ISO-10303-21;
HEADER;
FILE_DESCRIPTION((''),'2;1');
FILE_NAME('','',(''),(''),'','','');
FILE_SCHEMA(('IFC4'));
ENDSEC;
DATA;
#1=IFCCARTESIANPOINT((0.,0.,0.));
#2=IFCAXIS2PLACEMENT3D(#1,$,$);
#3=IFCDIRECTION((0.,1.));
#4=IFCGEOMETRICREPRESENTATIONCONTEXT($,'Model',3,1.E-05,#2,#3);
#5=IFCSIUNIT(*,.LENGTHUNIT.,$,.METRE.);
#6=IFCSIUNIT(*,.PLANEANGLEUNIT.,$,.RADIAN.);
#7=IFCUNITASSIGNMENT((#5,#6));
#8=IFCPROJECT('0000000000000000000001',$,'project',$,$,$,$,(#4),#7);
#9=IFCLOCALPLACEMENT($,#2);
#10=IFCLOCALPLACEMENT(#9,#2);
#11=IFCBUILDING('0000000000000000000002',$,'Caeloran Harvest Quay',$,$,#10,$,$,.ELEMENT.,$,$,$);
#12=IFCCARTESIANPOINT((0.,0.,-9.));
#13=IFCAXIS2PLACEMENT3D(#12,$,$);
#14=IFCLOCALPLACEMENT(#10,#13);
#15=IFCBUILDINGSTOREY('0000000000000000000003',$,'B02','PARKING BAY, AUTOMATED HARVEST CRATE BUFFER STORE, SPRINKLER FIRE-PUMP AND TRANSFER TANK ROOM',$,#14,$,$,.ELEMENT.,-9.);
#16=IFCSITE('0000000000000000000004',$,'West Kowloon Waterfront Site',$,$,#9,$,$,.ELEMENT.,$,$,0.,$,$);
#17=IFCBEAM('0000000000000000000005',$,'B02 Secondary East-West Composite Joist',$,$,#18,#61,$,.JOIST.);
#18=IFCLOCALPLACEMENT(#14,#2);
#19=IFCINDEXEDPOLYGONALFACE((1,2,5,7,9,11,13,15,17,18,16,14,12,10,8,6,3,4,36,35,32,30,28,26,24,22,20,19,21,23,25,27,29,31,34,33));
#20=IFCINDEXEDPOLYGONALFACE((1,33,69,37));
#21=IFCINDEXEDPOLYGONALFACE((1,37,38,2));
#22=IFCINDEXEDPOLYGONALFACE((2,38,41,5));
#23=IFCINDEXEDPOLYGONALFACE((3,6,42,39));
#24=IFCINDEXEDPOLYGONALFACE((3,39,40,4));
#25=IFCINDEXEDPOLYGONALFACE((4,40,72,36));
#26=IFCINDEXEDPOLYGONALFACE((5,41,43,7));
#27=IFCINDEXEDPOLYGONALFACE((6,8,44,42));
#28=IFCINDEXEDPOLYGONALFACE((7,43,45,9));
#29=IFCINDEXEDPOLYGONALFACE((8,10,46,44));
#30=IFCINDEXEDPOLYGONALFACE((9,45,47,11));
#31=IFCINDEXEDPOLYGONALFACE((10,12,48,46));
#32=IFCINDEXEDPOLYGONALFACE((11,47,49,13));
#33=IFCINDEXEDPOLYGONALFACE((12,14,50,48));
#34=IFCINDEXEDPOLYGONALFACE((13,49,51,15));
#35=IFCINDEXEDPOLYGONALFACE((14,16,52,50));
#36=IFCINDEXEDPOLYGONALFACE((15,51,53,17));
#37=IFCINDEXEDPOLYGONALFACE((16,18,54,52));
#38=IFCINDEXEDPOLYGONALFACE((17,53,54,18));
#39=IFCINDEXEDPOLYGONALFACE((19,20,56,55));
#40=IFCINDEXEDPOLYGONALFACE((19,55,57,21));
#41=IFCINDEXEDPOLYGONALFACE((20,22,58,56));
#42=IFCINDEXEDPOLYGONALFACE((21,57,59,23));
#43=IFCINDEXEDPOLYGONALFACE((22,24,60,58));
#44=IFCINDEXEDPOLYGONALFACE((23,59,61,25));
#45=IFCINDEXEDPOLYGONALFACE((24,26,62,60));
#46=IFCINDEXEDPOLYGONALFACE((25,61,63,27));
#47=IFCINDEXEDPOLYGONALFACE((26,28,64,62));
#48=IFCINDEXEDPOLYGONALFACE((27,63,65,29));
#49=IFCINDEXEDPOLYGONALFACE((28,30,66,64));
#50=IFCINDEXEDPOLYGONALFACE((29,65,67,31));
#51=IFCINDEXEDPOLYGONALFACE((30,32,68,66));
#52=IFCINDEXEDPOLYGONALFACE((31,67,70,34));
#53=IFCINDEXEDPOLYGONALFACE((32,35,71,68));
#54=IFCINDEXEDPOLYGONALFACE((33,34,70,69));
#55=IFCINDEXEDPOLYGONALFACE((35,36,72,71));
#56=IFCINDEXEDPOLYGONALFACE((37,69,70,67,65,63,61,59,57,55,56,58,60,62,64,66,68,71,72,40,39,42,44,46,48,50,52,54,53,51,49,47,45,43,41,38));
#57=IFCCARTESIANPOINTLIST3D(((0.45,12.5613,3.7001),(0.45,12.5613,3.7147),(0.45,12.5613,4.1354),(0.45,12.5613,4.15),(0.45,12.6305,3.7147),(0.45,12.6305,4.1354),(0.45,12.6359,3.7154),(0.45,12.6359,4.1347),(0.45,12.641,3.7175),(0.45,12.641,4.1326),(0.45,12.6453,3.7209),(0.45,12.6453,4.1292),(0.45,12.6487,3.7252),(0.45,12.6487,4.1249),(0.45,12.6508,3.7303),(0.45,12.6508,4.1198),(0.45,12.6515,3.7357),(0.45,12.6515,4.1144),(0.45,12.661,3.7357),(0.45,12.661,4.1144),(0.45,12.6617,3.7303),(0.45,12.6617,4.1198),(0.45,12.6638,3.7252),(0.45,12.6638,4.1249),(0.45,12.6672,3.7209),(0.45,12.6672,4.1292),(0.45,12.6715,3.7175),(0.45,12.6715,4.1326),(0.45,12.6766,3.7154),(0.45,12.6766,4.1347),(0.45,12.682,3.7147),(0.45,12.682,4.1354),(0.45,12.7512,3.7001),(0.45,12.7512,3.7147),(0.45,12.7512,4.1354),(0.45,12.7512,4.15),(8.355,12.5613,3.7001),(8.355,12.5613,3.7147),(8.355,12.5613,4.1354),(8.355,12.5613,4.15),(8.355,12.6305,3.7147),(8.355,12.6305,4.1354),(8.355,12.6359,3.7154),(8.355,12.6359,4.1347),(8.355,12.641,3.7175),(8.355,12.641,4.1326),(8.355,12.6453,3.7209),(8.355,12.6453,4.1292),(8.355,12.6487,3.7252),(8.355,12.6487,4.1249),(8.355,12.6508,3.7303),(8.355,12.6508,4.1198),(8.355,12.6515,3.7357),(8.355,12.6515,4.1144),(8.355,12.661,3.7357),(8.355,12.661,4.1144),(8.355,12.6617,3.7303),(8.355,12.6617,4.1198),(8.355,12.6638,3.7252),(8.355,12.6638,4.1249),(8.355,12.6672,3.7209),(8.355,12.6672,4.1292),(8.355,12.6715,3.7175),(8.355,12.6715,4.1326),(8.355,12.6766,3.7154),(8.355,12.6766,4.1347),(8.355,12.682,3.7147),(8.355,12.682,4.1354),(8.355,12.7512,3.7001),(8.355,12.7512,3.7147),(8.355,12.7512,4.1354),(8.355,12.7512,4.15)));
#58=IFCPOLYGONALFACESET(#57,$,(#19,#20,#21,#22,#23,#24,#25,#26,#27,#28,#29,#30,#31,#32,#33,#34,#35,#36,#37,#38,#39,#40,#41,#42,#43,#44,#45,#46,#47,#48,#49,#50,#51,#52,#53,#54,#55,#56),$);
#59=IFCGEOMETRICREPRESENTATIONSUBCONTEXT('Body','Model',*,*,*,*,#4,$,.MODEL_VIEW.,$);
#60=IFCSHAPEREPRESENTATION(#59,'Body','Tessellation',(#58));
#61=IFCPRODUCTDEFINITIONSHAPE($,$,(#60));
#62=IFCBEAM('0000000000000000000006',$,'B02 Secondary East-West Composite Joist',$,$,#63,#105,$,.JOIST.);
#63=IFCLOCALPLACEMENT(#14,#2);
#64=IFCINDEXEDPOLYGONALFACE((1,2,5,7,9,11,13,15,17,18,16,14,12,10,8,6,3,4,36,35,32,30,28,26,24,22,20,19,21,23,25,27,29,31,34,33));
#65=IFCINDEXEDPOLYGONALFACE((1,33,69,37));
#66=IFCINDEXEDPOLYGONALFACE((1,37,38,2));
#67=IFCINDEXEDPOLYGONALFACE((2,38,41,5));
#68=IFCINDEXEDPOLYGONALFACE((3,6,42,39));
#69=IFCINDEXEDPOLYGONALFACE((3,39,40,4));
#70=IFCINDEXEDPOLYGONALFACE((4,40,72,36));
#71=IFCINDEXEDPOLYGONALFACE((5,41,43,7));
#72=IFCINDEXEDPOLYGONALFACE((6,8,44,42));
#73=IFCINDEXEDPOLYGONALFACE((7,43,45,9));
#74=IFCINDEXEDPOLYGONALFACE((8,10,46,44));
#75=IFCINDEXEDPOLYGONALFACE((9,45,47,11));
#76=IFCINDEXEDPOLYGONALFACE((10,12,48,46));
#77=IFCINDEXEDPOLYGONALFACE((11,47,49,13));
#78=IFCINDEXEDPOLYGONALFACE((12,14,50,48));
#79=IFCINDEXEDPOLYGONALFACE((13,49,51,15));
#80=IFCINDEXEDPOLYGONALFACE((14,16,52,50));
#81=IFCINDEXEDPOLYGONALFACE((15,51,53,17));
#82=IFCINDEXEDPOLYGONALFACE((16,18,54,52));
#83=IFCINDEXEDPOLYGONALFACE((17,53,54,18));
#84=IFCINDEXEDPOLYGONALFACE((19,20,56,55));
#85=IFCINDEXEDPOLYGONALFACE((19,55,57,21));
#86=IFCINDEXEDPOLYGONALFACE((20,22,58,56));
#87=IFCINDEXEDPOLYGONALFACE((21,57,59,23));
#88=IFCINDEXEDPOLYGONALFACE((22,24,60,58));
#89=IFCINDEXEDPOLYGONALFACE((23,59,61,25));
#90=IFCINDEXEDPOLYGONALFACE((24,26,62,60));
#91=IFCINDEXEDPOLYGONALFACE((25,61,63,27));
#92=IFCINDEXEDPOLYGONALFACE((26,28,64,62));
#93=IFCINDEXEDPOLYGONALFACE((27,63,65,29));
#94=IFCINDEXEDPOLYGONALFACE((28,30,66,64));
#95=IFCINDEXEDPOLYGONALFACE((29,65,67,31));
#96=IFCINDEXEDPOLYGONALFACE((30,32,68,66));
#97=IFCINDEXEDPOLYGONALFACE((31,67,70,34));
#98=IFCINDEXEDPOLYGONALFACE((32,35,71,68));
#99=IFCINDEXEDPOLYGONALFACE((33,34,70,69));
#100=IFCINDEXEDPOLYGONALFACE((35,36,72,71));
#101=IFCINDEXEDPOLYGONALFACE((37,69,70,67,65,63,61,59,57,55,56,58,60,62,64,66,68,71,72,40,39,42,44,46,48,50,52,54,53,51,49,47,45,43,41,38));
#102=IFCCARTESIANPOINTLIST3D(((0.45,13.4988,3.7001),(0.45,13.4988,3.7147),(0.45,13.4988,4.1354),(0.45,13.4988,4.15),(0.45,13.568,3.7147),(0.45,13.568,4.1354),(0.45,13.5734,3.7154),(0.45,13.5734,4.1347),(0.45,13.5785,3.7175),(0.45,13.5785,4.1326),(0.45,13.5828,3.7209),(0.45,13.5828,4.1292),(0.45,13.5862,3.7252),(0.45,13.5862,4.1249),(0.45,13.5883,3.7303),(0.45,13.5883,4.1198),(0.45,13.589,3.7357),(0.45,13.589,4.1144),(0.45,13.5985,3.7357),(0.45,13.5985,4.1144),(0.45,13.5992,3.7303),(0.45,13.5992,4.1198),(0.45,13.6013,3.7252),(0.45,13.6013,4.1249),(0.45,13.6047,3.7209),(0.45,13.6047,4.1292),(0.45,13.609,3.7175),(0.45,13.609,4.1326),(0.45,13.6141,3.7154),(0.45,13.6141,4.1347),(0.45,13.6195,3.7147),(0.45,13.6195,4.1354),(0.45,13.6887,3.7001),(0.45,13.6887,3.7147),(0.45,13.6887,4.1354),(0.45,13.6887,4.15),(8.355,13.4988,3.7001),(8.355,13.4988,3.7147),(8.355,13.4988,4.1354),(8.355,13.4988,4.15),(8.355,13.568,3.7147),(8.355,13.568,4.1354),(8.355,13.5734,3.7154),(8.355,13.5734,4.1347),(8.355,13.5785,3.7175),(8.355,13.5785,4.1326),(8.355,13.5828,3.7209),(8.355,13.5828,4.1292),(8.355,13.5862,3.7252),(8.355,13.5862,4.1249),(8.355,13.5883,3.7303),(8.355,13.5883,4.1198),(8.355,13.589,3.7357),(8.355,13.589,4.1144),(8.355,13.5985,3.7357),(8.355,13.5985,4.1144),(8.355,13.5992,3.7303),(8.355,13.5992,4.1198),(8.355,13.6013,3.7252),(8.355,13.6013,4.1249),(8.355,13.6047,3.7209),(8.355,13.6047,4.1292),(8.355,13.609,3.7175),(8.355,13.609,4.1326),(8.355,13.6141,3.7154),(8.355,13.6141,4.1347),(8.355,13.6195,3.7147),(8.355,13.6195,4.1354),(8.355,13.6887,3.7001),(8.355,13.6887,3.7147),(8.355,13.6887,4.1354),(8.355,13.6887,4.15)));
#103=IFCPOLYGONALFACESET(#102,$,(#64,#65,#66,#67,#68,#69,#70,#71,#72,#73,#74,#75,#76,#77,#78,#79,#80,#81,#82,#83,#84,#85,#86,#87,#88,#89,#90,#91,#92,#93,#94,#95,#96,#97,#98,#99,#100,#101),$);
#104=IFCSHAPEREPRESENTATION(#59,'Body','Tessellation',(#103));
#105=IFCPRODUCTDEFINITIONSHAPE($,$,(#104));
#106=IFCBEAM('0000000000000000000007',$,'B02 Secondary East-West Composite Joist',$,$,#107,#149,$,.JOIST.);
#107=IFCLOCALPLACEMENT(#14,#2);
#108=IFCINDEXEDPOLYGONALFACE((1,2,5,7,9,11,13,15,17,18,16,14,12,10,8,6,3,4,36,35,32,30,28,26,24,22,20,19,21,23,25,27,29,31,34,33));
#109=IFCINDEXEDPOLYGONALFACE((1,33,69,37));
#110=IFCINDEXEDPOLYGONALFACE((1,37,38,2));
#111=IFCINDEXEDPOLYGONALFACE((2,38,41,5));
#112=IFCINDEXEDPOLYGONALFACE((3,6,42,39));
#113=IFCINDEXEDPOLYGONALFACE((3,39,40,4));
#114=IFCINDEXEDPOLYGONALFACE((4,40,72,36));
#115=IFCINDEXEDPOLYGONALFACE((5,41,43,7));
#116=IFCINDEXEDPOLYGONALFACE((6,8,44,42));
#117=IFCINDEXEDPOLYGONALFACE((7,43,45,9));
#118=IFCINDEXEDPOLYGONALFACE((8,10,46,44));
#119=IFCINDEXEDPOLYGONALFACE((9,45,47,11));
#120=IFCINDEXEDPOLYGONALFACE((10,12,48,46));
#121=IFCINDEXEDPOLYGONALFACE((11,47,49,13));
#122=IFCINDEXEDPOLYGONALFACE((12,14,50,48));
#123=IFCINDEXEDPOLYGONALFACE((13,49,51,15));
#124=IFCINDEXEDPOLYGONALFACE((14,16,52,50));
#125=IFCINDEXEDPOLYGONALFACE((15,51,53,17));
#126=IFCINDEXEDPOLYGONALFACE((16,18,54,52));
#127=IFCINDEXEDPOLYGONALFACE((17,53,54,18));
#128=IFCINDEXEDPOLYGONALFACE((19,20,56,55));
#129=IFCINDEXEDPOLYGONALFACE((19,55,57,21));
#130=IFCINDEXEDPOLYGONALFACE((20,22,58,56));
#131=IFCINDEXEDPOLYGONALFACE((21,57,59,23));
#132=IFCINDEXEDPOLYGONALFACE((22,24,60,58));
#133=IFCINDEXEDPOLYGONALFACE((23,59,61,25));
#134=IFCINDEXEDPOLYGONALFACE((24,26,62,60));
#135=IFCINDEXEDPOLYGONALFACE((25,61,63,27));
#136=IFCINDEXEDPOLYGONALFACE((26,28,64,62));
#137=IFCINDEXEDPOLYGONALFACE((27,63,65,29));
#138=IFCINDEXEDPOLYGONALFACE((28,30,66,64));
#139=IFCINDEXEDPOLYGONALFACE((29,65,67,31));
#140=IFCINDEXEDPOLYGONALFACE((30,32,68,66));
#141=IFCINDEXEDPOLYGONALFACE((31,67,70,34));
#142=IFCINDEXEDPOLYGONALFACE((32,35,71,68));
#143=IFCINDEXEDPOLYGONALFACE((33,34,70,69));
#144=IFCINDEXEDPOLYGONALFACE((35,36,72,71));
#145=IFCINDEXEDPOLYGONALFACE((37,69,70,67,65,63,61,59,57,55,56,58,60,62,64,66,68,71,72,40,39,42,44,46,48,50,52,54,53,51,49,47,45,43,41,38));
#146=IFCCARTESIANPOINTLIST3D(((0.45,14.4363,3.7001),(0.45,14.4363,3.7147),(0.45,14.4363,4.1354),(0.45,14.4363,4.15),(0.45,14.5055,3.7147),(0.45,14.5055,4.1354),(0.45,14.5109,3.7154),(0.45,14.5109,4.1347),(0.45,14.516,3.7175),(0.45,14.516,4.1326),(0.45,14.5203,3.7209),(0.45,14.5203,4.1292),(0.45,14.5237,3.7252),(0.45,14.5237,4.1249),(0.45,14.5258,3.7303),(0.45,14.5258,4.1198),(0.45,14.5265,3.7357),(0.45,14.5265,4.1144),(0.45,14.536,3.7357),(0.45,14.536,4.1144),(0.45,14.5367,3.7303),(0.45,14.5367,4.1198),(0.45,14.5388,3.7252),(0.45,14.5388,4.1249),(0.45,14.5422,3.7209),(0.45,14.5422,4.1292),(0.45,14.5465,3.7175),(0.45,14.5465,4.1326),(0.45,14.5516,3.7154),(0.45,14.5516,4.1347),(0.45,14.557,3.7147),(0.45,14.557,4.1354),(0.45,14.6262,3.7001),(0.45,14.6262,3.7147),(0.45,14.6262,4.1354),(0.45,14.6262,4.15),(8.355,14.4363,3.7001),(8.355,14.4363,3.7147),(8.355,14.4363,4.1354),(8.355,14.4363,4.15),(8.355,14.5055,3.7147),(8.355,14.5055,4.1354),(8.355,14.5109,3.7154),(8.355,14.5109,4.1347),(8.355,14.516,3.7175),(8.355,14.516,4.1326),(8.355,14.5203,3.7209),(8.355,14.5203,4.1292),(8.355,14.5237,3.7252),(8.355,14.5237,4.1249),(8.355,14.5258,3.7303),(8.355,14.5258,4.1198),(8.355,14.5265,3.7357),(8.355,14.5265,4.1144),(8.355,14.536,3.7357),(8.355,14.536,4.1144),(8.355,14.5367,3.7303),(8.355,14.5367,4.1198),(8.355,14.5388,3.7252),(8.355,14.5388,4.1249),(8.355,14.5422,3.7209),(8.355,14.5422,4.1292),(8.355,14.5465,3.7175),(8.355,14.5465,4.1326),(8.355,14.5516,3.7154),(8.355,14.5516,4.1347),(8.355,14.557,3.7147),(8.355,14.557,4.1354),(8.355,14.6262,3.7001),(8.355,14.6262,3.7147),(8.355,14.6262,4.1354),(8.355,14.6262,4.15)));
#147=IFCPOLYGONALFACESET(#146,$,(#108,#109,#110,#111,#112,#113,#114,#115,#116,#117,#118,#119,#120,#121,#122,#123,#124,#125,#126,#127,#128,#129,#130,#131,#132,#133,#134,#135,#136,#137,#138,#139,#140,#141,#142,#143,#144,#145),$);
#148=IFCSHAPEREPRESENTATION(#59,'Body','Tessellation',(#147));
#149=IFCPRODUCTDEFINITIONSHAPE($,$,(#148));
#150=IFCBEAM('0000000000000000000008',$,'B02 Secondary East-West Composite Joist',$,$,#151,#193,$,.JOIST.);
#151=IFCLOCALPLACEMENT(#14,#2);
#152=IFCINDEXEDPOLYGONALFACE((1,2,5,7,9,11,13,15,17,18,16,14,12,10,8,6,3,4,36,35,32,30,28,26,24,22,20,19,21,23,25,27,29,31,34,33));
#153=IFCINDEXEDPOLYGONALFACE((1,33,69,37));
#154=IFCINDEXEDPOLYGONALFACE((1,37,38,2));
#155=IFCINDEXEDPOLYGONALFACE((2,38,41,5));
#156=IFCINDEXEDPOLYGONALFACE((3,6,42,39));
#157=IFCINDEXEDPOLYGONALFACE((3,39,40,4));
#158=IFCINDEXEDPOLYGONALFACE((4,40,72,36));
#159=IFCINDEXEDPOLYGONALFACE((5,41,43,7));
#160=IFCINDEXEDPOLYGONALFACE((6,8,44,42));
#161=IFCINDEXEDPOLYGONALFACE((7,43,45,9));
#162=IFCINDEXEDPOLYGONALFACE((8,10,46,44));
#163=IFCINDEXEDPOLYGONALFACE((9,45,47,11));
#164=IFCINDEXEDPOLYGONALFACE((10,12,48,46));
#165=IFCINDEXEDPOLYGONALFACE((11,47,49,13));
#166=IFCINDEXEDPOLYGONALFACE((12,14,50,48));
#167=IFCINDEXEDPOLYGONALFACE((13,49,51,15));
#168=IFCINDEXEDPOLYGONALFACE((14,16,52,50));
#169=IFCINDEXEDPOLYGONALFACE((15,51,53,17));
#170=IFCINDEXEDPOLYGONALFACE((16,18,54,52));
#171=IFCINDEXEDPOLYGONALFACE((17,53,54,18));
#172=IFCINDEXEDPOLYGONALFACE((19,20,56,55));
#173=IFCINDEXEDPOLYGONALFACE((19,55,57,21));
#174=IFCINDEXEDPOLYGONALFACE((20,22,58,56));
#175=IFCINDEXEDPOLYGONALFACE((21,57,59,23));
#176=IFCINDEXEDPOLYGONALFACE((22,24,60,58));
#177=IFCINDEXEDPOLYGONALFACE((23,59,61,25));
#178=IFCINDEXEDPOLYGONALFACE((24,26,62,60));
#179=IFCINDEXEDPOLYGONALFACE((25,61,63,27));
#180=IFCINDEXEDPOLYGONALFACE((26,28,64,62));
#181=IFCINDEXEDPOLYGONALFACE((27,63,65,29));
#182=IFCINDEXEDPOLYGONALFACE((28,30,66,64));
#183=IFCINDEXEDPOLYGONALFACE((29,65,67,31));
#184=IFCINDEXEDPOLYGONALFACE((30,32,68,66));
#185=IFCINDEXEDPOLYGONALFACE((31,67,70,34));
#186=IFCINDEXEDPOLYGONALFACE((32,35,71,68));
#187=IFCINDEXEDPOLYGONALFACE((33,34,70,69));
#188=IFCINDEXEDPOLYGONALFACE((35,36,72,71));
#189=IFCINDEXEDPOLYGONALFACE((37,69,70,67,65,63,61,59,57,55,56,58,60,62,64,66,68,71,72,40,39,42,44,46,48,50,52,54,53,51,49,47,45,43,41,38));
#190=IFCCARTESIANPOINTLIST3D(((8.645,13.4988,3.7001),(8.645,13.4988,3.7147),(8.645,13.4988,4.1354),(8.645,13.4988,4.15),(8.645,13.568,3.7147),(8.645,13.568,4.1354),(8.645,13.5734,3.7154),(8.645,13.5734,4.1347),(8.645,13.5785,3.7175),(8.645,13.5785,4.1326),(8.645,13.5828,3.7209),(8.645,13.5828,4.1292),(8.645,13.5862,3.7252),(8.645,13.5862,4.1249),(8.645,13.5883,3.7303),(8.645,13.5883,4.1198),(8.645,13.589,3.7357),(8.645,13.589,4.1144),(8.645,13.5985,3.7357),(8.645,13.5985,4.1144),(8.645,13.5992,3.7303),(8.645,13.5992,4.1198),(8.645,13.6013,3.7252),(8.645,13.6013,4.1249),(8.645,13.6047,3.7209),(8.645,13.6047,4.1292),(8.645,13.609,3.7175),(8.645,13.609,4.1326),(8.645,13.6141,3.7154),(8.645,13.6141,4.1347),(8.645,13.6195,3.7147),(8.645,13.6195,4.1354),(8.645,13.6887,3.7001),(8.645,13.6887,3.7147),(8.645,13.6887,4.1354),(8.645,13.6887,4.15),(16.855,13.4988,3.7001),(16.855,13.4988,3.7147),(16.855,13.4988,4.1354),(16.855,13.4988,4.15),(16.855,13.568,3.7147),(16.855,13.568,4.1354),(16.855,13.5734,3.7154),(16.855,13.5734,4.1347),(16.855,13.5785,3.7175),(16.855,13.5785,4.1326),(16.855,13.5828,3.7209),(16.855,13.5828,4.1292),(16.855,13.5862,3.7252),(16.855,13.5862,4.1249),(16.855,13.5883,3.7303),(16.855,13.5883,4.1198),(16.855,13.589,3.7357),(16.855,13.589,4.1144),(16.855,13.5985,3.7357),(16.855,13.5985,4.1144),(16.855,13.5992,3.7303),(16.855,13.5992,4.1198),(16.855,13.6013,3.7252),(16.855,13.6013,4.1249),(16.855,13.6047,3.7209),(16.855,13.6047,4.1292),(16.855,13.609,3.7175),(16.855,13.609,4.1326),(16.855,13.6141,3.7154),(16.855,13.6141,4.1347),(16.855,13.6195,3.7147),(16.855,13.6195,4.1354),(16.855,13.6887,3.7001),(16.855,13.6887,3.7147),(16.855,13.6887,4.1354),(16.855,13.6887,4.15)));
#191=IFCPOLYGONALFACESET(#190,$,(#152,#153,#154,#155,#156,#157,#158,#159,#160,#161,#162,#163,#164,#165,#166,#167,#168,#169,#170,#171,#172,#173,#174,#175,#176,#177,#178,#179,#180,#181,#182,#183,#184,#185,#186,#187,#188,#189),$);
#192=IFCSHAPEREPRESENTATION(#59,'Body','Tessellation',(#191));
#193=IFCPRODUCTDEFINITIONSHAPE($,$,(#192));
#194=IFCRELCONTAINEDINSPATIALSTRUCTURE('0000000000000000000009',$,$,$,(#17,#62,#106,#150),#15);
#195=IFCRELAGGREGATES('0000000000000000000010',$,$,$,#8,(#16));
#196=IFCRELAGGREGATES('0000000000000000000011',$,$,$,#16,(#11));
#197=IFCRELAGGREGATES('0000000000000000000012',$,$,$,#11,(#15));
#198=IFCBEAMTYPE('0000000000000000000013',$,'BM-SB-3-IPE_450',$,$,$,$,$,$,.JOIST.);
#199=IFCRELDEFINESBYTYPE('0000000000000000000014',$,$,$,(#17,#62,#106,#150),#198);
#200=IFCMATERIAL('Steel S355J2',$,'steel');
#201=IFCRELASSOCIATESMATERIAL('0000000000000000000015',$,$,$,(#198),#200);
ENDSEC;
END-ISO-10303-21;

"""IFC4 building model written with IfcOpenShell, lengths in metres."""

from ifc_helpers import new_model, si_unit, direction, frame, origin, origin_2d, place, context, subcontext, project, spatial, i_section, extrude, material, material_profile, profile_set, type_object, element, save


model = new_model("IFC4")

# Units and contexts
model_context = context("Model", 3, precision=1e-05, world=origin(), true_north=direction((0.0, 1.0)))
body_context = subcontext(model_context, "Body", "Model", "MODEL_VIEW")
ifc_project = project(units=[si_unit("LENGTHUNIT", "METRE"), si_unit("PLANEANGLEUNIT", "RADIAN")], contexts=[model_context])

# Site, building, storey
site_placement = place(None, origin())
site = spatial("IfcSite", under=ifc_project, at=site_placement, Name="West Kowloon Waterfront Site", CompositionType="ELEMENT", RefElevation=0.0)
building_placement = place(site_placement, origin())
building = spatial("IfcBuilding", under=site, at=building_placement, Name="Caeloran Harvest Quay", CompositionType="ELEMENT")
storey_placement = place(building_placement, frame((0.0, 0.0, -9.0)))
storey = spatial("IfcBuildingStorey", under=building, at=storey_placement, Name="B02", Description="PARKING BAY, AUTOMATED HARVEST CRATE BUFFER STORE, SPRINKLER FIRE-PUMP AND TRANSFER TANK ROOM", CompositionType="ELEMENT", Elevation=-9.0)

# Beams
ifc_material_1 = material(Name="Steel S355J2", Category="steel")
ifc_material_profile_1 = material_profile(ifc_material_1, i_section(OverallWidth=0.1899, OverallDepth=0.45, WebThickness=0.0095, FlangeThickness=0.0146, FilletRadius=0.021, at=origin_2d()), Name="IPE 450")
ifc_profile_set_1 = profile_set([ifc_material_profile_1], Name="Steel S355J2")
beam_type_1 = type_object("IfcBeamType", Name="BM-SB-3-IPE_450", PredefinedType="JOIST", material=ifc_profile_set_1)
for number, where, z_axis, x_axis, name in (
    (1, (0.45, 12.6562, 3.925), (1.0, 0.0, 0.0), (0.0, 1.0, 0.0), "B02 Secondary East-West Composite Joist"),
    (2, (0.45, 13.5938, 3.925), (1.0, 0.0, 0.0), (0.0, 1.0, 0.0), "B02 Secondary East-West Composite Joist"),
    (3, (0.45, 14.5312, 3.925), (1.0, 0.0, 0.0), (0.0, 1.0, 0.0), "B02 Secondary East-West Composite Joist"),
):
    element("IfcBeam", number, at=place(storey_placement, frame(where, z_axis=z_axis, x_axis=x_axis)), inside=storey, type_object=beam_type_1, Name=name, PredefinedType="JOIST", context=body_context, shape_type="SweptSolid", body=[
        extrude(i_section(OverallWidth=0.1899, OverallDepth=0.45, WebThickness=0.0095, FlangeThickness=0.0146, FilletRadius=0.021, at=origin_2d()), origin(), (0.0, 0.0, 1.0), 7.905),
    ])
for number, where, z_axis, x_axis, name in (
    (4, (8.645, 13.5938, 3.925), (1.0, 0.0, 0.0), (0.0, 1.0, 0.0), "B02 Secondary East-West Composite Joist"),
):
    element("IfcBeam", number, at=place(storey_placement, frame(where, z_axis=z_axis, x_axis=x_axis)), inside=storey, type_object=beam_type_1, Name=name, PredefinedType="JOIST", context=body_context, shape_type="SweptSolid", body=[
        extrude(i_section(OverallWidth=0.1899, OverallDepth=0.45, WebThickness=0.0095, FlangeThickness=0.0146, FilletRadius=0.021, at=origin_2d()), origin(), (0.0, 0.0, 1.0), 8.21),
    ])

save(model, "model.ifc")
